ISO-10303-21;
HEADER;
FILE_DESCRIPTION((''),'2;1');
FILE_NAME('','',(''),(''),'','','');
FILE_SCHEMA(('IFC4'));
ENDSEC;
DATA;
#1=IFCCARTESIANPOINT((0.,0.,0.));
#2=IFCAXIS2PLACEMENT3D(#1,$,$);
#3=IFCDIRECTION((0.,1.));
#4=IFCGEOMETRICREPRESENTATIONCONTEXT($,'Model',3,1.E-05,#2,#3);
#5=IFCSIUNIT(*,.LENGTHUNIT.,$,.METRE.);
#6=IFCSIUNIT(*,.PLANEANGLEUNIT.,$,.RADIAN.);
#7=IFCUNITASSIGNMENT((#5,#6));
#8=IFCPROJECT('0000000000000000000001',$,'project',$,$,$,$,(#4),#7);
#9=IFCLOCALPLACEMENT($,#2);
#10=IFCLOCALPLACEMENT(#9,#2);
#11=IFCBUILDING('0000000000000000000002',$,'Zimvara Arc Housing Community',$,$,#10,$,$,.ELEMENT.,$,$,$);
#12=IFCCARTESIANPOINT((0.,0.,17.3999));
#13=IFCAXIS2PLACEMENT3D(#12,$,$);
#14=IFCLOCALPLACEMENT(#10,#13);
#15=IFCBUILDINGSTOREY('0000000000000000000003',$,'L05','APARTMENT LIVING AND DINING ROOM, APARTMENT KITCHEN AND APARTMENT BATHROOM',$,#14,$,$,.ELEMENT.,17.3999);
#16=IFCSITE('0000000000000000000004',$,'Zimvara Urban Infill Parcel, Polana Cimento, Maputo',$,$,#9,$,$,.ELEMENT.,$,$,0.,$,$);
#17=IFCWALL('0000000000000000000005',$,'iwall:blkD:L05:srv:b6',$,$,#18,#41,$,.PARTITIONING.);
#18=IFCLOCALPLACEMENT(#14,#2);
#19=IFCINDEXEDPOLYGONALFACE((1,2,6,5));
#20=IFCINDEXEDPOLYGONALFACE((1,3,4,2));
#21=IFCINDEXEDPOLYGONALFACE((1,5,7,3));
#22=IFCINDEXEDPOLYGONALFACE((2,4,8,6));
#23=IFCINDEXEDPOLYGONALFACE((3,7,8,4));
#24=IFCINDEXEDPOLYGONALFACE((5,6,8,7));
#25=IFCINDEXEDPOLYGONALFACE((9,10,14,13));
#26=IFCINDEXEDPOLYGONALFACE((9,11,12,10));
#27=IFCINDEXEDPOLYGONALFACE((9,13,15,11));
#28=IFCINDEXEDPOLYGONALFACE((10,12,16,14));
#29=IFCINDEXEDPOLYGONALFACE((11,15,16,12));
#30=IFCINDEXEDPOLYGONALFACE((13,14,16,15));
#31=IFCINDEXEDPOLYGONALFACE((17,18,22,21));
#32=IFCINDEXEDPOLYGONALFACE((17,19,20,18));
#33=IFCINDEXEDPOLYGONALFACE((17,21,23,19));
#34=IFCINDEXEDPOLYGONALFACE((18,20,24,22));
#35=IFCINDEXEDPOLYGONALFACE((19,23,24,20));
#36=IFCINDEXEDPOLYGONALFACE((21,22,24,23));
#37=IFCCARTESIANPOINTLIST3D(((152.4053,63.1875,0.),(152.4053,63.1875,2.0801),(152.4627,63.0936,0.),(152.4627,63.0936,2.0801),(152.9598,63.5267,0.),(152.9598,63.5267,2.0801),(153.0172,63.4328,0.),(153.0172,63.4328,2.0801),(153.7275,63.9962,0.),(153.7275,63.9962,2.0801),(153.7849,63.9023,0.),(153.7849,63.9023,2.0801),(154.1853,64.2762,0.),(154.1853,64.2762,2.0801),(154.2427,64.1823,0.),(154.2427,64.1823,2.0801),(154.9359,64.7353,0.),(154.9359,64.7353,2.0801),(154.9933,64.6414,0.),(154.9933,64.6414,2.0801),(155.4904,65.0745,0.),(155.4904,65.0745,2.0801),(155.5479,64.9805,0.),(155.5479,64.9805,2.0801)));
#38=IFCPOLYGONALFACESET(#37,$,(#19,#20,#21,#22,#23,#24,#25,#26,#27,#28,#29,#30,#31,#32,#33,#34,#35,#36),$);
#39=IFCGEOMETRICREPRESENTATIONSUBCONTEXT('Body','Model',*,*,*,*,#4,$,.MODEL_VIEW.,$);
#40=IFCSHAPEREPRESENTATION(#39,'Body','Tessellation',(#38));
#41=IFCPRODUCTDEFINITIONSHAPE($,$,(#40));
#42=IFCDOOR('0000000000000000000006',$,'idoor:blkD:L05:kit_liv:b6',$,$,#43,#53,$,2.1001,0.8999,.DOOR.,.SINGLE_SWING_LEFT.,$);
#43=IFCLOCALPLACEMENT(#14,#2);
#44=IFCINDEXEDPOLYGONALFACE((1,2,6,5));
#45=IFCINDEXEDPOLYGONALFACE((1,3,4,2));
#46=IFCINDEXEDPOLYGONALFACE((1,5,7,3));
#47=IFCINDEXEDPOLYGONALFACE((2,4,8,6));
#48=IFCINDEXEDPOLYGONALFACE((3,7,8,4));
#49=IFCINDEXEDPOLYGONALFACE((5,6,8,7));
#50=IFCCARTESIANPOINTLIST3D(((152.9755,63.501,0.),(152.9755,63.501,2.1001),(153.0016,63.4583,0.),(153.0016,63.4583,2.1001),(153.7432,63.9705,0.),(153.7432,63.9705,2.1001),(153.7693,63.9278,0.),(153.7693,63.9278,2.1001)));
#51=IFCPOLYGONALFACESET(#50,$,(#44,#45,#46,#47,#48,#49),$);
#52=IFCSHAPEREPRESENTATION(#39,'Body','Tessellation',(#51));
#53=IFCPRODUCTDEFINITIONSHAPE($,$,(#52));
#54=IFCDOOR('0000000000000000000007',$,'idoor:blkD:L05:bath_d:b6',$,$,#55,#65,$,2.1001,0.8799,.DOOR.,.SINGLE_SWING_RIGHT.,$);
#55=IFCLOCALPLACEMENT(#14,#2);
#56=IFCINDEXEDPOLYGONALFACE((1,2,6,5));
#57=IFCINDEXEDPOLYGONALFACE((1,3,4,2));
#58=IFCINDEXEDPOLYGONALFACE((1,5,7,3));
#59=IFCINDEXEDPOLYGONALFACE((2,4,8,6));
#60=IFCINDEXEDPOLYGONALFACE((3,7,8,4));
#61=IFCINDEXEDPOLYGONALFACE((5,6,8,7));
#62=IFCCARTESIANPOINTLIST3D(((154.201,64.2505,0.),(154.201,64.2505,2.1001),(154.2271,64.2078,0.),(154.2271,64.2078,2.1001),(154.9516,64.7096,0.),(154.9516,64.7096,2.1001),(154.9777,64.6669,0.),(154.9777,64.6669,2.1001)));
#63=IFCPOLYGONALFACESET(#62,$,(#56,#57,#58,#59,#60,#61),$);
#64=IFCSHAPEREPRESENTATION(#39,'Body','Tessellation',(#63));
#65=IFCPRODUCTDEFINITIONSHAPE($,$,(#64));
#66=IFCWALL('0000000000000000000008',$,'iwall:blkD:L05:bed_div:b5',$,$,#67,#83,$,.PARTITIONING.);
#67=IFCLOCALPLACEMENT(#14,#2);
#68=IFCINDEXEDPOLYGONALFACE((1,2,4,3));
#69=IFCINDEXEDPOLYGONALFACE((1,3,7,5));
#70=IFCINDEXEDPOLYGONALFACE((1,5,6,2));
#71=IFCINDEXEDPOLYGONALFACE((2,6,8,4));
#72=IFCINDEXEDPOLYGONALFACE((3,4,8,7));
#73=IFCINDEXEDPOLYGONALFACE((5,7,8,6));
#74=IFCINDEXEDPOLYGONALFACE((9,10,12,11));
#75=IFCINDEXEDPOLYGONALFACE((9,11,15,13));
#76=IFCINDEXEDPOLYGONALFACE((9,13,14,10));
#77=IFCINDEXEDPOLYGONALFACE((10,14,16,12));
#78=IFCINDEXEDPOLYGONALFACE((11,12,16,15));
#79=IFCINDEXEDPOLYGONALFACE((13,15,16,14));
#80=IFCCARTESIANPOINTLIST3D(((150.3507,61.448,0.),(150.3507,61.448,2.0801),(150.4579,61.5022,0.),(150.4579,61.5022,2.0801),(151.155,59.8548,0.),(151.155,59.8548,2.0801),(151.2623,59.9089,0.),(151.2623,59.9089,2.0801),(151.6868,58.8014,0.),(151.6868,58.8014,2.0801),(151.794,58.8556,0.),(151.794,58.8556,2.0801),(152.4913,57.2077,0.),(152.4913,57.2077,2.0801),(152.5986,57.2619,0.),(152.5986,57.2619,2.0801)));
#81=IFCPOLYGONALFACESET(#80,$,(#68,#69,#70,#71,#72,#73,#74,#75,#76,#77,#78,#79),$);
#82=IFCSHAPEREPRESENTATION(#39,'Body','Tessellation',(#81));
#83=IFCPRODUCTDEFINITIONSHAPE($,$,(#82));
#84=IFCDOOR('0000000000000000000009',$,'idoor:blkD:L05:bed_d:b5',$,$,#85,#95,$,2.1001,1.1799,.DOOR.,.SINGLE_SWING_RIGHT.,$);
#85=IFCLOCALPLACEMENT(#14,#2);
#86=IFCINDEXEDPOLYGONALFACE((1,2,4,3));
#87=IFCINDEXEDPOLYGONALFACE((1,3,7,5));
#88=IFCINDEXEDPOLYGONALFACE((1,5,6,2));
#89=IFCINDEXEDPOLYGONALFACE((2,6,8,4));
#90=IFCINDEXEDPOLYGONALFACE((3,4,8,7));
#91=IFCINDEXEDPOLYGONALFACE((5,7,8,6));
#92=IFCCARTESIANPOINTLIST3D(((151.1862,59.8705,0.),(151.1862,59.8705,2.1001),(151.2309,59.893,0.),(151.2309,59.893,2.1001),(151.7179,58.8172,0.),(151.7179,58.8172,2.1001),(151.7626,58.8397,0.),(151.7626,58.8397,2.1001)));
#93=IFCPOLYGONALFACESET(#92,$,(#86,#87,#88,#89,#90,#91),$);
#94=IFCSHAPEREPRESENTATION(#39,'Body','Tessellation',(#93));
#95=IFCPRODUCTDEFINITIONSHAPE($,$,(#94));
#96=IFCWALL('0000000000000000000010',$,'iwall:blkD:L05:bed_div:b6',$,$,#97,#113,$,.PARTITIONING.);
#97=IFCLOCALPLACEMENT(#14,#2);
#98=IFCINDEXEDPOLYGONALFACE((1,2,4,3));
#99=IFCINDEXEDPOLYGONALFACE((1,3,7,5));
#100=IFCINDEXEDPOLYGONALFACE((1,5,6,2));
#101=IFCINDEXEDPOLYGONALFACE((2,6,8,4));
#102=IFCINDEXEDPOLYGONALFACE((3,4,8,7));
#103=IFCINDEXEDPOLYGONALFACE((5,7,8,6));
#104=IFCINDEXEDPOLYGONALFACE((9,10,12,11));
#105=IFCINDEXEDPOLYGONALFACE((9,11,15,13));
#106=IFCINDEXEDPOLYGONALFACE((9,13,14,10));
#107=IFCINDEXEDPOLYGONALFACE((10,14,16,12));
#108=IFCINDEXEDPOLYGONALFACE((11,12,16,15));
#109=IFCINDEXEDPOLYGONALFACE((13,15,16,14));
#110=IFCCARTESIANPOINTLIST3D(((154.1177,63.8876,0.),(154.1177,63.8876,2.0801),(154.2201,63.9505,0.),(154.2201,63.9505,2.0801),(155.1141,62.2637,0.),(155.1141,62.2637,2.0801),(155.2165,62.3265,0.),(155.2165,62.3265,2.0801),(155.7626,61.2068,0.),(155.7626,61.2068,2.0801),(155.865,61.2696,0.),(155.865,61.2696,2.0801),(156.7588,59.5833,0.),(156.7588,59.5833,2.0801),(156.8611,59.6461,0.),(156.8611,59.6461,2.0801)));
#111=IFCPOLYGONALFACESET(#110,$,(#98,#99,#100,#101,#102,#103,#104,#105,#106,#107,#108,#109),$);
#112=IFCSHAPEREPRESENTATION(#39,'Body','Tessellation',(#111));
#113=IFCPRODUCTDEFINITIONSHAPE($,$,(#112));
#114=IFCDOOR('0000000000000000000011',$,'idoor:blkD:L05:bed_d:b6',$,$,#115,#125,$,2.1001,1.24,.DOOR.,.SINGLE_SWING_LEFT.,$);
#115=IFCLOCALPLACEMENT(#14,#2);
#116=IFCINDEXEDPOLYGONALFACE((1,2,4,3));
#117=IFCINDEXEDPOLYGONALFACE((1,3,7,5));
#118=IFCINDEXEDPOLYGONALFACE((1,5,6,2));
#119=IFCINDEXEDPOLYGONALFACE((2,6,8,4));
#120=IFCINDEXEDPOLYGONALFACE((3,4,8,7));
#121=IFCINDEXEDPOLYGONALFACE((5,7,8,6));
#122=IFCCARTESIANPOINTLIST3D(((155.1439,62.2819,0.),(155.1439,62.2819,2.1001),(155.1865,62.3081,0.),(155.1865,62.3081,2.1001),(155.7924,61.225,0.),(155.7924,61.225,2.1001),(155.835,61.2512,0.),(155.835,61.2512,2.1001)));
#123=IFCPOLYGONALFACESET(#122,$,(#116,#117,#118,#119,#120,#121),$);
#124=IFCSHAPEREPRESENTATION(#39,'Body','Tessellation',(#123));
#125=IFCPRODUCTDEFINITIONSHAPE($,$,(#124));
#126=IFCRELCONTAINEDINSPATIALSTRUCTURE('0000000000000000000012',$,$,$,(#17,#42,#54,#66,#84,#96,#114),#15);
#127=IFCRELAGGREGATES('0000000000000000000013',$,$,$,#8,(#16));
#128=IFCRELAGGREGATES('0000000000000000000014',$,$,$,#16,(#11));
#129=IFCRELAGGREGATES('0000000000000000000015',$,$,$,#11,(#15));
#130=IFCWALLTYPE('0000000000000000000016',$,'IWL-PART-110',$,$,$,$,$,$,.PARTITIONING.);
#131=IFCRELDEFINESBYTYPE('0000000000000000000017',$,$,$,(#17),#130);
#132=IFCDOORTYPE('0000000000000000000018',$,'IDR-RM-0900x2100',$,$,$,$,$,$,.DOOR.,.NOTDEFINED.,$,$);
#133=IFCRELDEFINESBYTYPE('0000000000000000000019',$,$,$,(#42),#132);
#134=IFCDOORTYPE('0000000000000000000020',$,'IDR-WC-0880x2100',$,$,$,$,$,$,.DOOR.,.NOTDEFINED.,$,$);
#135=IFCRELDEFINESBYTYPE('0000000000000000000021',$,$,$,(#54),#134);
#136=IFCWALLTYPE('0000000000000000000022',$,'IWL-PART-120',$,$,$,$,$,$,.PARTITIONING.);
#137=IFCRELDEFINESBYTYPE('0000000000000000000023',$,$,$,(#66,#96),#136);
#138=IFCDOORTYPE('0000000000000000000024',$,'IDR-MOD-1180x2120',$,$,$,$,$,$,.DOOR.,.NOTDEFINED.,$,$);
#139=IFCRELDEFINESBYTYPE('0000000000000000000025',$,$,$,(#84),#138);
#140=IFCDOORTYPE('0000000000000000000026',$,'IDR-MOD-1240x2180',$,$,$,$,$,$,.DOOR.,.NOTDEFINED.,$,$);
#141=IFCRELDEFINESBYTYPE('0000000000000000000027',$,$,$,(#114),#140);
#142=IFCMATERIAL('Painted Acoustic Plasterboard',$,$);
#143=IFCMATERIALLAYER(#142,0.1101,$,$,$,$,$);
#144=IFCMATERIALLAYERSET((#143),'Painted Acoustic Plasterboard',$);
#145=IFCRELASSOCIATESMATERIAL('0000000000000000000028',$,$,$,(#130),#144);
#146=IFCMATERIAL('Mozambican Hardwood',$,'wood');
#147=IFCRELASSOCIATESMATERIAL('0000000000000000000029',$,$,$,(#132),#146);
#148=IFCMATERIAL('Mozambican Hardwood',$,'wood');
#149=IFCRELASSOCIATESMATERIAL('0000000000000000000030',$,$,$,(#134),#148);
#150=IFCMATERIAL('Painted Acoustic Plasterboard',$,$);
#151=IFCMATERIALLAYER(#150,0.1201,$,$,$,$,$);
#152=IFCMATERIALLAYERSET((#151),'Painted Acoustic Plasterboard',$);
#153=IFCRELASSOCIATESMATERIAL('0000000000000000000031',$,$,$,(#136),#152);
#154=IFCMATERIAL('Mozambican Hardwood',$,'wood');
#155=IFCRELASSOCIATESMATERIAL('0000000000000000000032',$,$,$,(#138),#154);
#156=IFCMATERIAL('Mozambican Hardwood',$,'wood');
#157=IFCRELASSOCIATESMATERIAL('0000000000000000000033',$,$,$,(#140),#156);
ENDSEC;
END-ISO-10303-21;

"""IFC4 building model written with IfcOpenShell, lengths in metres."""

from ifc_helpers import new_model, si_unit, direction, frame, frame_2d, origin, place, context, subcontext, project, spatial, rectangle, extrude, material, layer, layer_set, type_object, element, fill, save


model = new_model("IFC4")

# Units and contexts
model_context = context("Model", 3, precision=1e-05, world=origin(), true_north=direction((0.0, 1.0)))
body_context = subcontext(model_context, "Body", "Model", "MODEL_VIEW")
ifc_project = project(units=[si_unit("LENGTHUNIT", "METRE"), si_unit("PLANEANGLEUNIT", "RADIAN")], contexts=[model_context])

# Site, building, storey
site_placement = place(None, origin())
site = spatial("IfcSite", under=ifc_project, at=site_placement, Name="Zimvara Urban Infill Parcel, Polana Cimento, Maputo", CompositionType="ELEMENT", RefElevation=0.0)
building_placement = place(site_placement, origin())
building = spatial("IfcBuilding", under=site, at=building_placement, Name="Zimvara Arc Housing Community", CompositionType="ELEMENT")
storey_placement = place(building_placement, frame((0.0, 0.0, 17.3999)))
storey = spatial("IfcBuildingStorey", under=building, at=storey_placement, Name="L05", Description="APARTMENT LIVING AND DINING ROOM, APARTMENT KITCHEN AND APARTMENT BATHROOM", CompositionType="ELEMENT", Elevation=17.3999)

# Wall, openings, doors
ifc_material_1 = material(Name="Painted Acoustic Plasterboard")
ifc_layer_1 = layer(ifc_material_1, 0.1101)
ifc_layer_set_1 = layer_set([ifc_layer_1], Name="Painted Acoustic Plasterboard")
wall_type_1 = type_object("IfcWallType", Name="IWL-PART-110", PredefinedType="PARTITIONING", material=ifc_layer_set_1)
wall_1_placement = place(storey_placement, frame((152.4341, 63.1406, 0.0), z_axis=(0.0, 0.0, 1.0), x_axis=(0.85309, 0.521764, 0.0)))
wall_1 = element("IfcWall", 1, at=wall_1_placement, inside=storey, type_object=wall_type_1, Name="iwall:blkD:L05:srv:b6", PredefinedType="PARTITIONING", context=body_context, shape_type="SweptSolid", body=[
    extrude(rectangle(XDim=3.6165, YDim=0.1101, at=frame_2d((1.8081, 0.0))), origin(), (0.0, 0.0, 1.0), 2.0801),
])
opening_1_placement = place(wall_1_placement, frame((0.6499, 0.0, 0.0)))
opening_1 = element("IfcOpeningElement", 2, at=opening_1_placement, cuts=wall_1, PredefinedType="OPENING", context=body_context, shape_type="SweptSolid", body=[
    extrude(rectangle(XDim=0.8999, YDim=2.1001, at=frame_2d((0.45, 1.05))), frame((0.0, 0.0649, 0.0), z_axis=(0.0, -1.0, 0.0), x_axis=(1.0, 0.0, 0.0)), (0.0, 0.0, 1.0), 0.1301),
])
opening_2_placement = place(wall_1_placement, frame((2.0864, 0.0, 0.0)))
opening_2 = element("IfcOpeningElement", 3, at=opening_2_placement, cuts=wall_1, PredefinedType="OPENING", context=body_context, shape_type="SweptSolid", body=[
    extrude(rectangle(XDim=0.8799, YDim=2.1001, at=frame_2d((0.4399, 1.05))), frame((0.0, 0.0649, 0.0), z_axis=(0.0, -1.0, 0.0), x_axis=(1.0, 0.0, 0.0)), (0.0, 0.0, 1.0), 0.1301),
])
ifc_material_2 = material(Name="Mozambican Hardwood", Category="wood")
door_type_1 = type_object("IfcDoorType", Name="IDR-RM-0900x2100", OperationType="NOTDEFINED", PredefinedType="DOOR", material=ifc_material_2)
door_1_placement = place(opening_1_placement, origin())
door_1 = element("IfcDoor", 4, at=door_1_placement, inside=storey, type_object=door_type_1, Name="idoor:blkD:L05:kit_liv:b6", OperationType="SINGLE_SWING_LEFT", OverallHeight=2.1001, OverallWidth=0.8999, PredefinedType="DOOR", context=body_context, shape_type="SweptSolid", body=[
    extrude(rectangle(XDim=0.8999, YDim=2.1001, at=frame_2d((0.45, 1.05))), frame((0.0, 0.0249, 0.0), z_axis=(0.0, -1.0, 0.0), x_axis=(1.0, 0.0, 0.0)), (0.0, 0.0, 1.0), 0.05),
])
fill(opening_1, door_1)
ifc_material_3 = material(Name="Mozambican Hardwood", Category="wood")
door_type_2 = type_object("IfcDoorType", Name="IDR-WC-0880x2100", OperationType="NOTDEFINED", PredefinedType="DOOR", material=ifc_material_3)
door_2_placement = place(opening_2_placement, origin())
door_2 = element("IfcDoor", 5, at=door_2_placement, inside=storey, type_object=door_type_2, Name="idoor:blkD:L05:bath_d:b6", OperationType="SINGLE_SWING_RIGHT", OverallHeight=2.1001, OverallWidth=0.8799, PredefinedType="DOOR", context=body_context, shape_type="SweptSolid", body=[
    extrude(rectangle(XDim=0.8799, YDim=2.1001, at=frame_2d((0.4399, 1.05))), frame((0.0, 0.0249, 0.0), z_axis=(0.0, -1.0, 0.0), x_axis=(1.0, 0.0, 0.0)), (0.0, 0.0, 1.0), 0.05),
])
fill(opening_2, door_2)

# Walls, openings, doors
ifc_material_4 = material(Name="Painted Acoustic Plasterboard")
ifc_layer_2 = layer(ifc_material_4, 0.1201)
ifc_layer_set_2 = layer_set([ifc_layer_2], Name="Painted Acoustic Plasterboard")
wall_type_2 = type_object("IfcWallType", Name="IWL-PART-120", PredefinedType="PARTITIONING", material=ifc_layer_set_2)
wall_2_placement = place(storey_placement, frame((150.4043, 61.4751, 0.0), z_axis=(0.0, 0.0, 1.0), x_axis=(0.450664, -0.892694, 0.0)))
wall_2 = element("IfcWall", 6, at=wall_2_placement, inside=storey, type_object=wall_type_2, Name="iwall:blkD:L05:bed_div:b5", PredefinedType="PARTITIONING", context=body_context, shape_type="SweptSolid", body=[
    extrude(rectangle(XDim=4.75, YDim=0.1201, at=frame_2d((2.375, 0.0))), origin(), (0.0, 0.0, 1.0), 2.0801),
])
opening_3_placement = place(wall_2_placement, frame((1.7849, 0.0, 0.0)))
opening_3 = element("IfcOpeningElement", 7, at=opening_3_placement, cuts=wall_2, PredefinedType="OPENING", context=body_context, shape_type="SweptSolid", body=[
    extrude(rectangle(XDim=1.1799, YDim=2.1001, at=frame_2d((0.5898, 1.05))), frame((0.0, 0.0701, 0.0), z_axis=(0.0, -1.0, 0.0), x_axis=(1.0, 0.0, 0.0)), (0.0, 0.0, 1.0), 0.1401),
])
ifc_material_5 = material(Name="Mozambican Hardwood", Category="wood")
door_type_3 = type_object("IfcDoorType", Name="IDR-MOD-1180x2120", OperationType="NOTDEFINED", PredefinedType="DOOR", material=ifc_material_5)
door_3_placement = place(opening_3_placement, origin())
door_3 = element("IfcDoor", 8, at=door_3_placement, inside=storey, type_object=door_type_3, Name="idoor:blkD:L05:bed_d:b5", OperationType="SINGLE_SWING_RIGHT", OverallHeight=2.1001, OverallWidth=1.1799, PredefinedType="DOOR", context=body_context, shape_type="SweptSolid", body=[
    extrude(rectangle(XDim=1.1799, YDim=2.1001, at=frame_2d((0.5898, 1.05))), frame((0.0, 0.0249, 0.0), z_axis=(0.0, -1.0, 0.0), x_axis=(1.0, 0.0, 0.0)), (0.0, 0.0, 1.0), 0.05),
])
fill(opening_3, door_3)
wall_3_placement = place(storey_placement, frame((154.1689, 63.9189, 0.0), z_axis=(0.0, 0.0, 1.0), x_axis=(0.52298, -0.852345, 0.0)))
wall_3 = element("IfcWall", 9, at=wall_3_placement, inside=storey, type_object=wall_type_2, Name="iwall:blkD:L05:bed_div:b6", PredefinedType="PARTITIONING", context=body_context, shape_type="SweptSolid", body=[
    extrude(rectangle(XDim=5.05, YDim=0.1201, at=frame_2d((2.5249, 0.0))), origin(), (0.0, 0.0, 1.0), 2.0801),
])
opening_4_placement = place(wall_3_placement, frame((1.905, 0.0, 0.0)))
opening_4 = element("IfcOpeningElement", 10, at=opening_4_placement, cuts=wall_3, PredefinedType="OPENING", context=body_context, shape_type="SweptSolid", body=[
    extrude(rectangle(XDim=1.24, YDim=2.1001, at=frame_2d((0.6201, 1.05))), frame((0.0, 0.0701, 0.0), z_axis=(0.0, -1.0, 0.0), x_axis=(1.0, 0.0, 0.0)), (0.0, 0.0, 1.0), 0.1401),
])
ifc_material_6 = material(Name="Mozambican Hardwood", Category="wood")
door_type_4 = type_object("IfcDoorType", Name="IDR-MOD-1240x2180", OperationType="NOTDEFINED", PredefinedType="DOOR", material=ifc_material_6)
door_4_placement = place(opening_4_placement, origin())
door_4 = element("IfcDoor", 11, at=door_4_placement, inside=storey, type_object=door_type_4, Name="idoor:blkD:L05:bed_d:b6", OperationType="SINGLE_SWING_LEFT", OverallHeight=2.1001, OverallWidth=1.24, PredefinedType="DOOR", context=body_context, shape_type="SweptSolid", body=[
    extrude(rectangle(XDim=1.24, YDim=2.1001, at=frame_2d((0.6201, 1.05))), frame((0.0, 0.0249, 0.0), z_axis=(0.0, -1.0, 0.0), x_axis=(1.0, 0.0, 0.0)), (0.0, 0.0, 1.0), 0.05),
])
fill(opening_4, door_4)

save(model, "model.ifc")
